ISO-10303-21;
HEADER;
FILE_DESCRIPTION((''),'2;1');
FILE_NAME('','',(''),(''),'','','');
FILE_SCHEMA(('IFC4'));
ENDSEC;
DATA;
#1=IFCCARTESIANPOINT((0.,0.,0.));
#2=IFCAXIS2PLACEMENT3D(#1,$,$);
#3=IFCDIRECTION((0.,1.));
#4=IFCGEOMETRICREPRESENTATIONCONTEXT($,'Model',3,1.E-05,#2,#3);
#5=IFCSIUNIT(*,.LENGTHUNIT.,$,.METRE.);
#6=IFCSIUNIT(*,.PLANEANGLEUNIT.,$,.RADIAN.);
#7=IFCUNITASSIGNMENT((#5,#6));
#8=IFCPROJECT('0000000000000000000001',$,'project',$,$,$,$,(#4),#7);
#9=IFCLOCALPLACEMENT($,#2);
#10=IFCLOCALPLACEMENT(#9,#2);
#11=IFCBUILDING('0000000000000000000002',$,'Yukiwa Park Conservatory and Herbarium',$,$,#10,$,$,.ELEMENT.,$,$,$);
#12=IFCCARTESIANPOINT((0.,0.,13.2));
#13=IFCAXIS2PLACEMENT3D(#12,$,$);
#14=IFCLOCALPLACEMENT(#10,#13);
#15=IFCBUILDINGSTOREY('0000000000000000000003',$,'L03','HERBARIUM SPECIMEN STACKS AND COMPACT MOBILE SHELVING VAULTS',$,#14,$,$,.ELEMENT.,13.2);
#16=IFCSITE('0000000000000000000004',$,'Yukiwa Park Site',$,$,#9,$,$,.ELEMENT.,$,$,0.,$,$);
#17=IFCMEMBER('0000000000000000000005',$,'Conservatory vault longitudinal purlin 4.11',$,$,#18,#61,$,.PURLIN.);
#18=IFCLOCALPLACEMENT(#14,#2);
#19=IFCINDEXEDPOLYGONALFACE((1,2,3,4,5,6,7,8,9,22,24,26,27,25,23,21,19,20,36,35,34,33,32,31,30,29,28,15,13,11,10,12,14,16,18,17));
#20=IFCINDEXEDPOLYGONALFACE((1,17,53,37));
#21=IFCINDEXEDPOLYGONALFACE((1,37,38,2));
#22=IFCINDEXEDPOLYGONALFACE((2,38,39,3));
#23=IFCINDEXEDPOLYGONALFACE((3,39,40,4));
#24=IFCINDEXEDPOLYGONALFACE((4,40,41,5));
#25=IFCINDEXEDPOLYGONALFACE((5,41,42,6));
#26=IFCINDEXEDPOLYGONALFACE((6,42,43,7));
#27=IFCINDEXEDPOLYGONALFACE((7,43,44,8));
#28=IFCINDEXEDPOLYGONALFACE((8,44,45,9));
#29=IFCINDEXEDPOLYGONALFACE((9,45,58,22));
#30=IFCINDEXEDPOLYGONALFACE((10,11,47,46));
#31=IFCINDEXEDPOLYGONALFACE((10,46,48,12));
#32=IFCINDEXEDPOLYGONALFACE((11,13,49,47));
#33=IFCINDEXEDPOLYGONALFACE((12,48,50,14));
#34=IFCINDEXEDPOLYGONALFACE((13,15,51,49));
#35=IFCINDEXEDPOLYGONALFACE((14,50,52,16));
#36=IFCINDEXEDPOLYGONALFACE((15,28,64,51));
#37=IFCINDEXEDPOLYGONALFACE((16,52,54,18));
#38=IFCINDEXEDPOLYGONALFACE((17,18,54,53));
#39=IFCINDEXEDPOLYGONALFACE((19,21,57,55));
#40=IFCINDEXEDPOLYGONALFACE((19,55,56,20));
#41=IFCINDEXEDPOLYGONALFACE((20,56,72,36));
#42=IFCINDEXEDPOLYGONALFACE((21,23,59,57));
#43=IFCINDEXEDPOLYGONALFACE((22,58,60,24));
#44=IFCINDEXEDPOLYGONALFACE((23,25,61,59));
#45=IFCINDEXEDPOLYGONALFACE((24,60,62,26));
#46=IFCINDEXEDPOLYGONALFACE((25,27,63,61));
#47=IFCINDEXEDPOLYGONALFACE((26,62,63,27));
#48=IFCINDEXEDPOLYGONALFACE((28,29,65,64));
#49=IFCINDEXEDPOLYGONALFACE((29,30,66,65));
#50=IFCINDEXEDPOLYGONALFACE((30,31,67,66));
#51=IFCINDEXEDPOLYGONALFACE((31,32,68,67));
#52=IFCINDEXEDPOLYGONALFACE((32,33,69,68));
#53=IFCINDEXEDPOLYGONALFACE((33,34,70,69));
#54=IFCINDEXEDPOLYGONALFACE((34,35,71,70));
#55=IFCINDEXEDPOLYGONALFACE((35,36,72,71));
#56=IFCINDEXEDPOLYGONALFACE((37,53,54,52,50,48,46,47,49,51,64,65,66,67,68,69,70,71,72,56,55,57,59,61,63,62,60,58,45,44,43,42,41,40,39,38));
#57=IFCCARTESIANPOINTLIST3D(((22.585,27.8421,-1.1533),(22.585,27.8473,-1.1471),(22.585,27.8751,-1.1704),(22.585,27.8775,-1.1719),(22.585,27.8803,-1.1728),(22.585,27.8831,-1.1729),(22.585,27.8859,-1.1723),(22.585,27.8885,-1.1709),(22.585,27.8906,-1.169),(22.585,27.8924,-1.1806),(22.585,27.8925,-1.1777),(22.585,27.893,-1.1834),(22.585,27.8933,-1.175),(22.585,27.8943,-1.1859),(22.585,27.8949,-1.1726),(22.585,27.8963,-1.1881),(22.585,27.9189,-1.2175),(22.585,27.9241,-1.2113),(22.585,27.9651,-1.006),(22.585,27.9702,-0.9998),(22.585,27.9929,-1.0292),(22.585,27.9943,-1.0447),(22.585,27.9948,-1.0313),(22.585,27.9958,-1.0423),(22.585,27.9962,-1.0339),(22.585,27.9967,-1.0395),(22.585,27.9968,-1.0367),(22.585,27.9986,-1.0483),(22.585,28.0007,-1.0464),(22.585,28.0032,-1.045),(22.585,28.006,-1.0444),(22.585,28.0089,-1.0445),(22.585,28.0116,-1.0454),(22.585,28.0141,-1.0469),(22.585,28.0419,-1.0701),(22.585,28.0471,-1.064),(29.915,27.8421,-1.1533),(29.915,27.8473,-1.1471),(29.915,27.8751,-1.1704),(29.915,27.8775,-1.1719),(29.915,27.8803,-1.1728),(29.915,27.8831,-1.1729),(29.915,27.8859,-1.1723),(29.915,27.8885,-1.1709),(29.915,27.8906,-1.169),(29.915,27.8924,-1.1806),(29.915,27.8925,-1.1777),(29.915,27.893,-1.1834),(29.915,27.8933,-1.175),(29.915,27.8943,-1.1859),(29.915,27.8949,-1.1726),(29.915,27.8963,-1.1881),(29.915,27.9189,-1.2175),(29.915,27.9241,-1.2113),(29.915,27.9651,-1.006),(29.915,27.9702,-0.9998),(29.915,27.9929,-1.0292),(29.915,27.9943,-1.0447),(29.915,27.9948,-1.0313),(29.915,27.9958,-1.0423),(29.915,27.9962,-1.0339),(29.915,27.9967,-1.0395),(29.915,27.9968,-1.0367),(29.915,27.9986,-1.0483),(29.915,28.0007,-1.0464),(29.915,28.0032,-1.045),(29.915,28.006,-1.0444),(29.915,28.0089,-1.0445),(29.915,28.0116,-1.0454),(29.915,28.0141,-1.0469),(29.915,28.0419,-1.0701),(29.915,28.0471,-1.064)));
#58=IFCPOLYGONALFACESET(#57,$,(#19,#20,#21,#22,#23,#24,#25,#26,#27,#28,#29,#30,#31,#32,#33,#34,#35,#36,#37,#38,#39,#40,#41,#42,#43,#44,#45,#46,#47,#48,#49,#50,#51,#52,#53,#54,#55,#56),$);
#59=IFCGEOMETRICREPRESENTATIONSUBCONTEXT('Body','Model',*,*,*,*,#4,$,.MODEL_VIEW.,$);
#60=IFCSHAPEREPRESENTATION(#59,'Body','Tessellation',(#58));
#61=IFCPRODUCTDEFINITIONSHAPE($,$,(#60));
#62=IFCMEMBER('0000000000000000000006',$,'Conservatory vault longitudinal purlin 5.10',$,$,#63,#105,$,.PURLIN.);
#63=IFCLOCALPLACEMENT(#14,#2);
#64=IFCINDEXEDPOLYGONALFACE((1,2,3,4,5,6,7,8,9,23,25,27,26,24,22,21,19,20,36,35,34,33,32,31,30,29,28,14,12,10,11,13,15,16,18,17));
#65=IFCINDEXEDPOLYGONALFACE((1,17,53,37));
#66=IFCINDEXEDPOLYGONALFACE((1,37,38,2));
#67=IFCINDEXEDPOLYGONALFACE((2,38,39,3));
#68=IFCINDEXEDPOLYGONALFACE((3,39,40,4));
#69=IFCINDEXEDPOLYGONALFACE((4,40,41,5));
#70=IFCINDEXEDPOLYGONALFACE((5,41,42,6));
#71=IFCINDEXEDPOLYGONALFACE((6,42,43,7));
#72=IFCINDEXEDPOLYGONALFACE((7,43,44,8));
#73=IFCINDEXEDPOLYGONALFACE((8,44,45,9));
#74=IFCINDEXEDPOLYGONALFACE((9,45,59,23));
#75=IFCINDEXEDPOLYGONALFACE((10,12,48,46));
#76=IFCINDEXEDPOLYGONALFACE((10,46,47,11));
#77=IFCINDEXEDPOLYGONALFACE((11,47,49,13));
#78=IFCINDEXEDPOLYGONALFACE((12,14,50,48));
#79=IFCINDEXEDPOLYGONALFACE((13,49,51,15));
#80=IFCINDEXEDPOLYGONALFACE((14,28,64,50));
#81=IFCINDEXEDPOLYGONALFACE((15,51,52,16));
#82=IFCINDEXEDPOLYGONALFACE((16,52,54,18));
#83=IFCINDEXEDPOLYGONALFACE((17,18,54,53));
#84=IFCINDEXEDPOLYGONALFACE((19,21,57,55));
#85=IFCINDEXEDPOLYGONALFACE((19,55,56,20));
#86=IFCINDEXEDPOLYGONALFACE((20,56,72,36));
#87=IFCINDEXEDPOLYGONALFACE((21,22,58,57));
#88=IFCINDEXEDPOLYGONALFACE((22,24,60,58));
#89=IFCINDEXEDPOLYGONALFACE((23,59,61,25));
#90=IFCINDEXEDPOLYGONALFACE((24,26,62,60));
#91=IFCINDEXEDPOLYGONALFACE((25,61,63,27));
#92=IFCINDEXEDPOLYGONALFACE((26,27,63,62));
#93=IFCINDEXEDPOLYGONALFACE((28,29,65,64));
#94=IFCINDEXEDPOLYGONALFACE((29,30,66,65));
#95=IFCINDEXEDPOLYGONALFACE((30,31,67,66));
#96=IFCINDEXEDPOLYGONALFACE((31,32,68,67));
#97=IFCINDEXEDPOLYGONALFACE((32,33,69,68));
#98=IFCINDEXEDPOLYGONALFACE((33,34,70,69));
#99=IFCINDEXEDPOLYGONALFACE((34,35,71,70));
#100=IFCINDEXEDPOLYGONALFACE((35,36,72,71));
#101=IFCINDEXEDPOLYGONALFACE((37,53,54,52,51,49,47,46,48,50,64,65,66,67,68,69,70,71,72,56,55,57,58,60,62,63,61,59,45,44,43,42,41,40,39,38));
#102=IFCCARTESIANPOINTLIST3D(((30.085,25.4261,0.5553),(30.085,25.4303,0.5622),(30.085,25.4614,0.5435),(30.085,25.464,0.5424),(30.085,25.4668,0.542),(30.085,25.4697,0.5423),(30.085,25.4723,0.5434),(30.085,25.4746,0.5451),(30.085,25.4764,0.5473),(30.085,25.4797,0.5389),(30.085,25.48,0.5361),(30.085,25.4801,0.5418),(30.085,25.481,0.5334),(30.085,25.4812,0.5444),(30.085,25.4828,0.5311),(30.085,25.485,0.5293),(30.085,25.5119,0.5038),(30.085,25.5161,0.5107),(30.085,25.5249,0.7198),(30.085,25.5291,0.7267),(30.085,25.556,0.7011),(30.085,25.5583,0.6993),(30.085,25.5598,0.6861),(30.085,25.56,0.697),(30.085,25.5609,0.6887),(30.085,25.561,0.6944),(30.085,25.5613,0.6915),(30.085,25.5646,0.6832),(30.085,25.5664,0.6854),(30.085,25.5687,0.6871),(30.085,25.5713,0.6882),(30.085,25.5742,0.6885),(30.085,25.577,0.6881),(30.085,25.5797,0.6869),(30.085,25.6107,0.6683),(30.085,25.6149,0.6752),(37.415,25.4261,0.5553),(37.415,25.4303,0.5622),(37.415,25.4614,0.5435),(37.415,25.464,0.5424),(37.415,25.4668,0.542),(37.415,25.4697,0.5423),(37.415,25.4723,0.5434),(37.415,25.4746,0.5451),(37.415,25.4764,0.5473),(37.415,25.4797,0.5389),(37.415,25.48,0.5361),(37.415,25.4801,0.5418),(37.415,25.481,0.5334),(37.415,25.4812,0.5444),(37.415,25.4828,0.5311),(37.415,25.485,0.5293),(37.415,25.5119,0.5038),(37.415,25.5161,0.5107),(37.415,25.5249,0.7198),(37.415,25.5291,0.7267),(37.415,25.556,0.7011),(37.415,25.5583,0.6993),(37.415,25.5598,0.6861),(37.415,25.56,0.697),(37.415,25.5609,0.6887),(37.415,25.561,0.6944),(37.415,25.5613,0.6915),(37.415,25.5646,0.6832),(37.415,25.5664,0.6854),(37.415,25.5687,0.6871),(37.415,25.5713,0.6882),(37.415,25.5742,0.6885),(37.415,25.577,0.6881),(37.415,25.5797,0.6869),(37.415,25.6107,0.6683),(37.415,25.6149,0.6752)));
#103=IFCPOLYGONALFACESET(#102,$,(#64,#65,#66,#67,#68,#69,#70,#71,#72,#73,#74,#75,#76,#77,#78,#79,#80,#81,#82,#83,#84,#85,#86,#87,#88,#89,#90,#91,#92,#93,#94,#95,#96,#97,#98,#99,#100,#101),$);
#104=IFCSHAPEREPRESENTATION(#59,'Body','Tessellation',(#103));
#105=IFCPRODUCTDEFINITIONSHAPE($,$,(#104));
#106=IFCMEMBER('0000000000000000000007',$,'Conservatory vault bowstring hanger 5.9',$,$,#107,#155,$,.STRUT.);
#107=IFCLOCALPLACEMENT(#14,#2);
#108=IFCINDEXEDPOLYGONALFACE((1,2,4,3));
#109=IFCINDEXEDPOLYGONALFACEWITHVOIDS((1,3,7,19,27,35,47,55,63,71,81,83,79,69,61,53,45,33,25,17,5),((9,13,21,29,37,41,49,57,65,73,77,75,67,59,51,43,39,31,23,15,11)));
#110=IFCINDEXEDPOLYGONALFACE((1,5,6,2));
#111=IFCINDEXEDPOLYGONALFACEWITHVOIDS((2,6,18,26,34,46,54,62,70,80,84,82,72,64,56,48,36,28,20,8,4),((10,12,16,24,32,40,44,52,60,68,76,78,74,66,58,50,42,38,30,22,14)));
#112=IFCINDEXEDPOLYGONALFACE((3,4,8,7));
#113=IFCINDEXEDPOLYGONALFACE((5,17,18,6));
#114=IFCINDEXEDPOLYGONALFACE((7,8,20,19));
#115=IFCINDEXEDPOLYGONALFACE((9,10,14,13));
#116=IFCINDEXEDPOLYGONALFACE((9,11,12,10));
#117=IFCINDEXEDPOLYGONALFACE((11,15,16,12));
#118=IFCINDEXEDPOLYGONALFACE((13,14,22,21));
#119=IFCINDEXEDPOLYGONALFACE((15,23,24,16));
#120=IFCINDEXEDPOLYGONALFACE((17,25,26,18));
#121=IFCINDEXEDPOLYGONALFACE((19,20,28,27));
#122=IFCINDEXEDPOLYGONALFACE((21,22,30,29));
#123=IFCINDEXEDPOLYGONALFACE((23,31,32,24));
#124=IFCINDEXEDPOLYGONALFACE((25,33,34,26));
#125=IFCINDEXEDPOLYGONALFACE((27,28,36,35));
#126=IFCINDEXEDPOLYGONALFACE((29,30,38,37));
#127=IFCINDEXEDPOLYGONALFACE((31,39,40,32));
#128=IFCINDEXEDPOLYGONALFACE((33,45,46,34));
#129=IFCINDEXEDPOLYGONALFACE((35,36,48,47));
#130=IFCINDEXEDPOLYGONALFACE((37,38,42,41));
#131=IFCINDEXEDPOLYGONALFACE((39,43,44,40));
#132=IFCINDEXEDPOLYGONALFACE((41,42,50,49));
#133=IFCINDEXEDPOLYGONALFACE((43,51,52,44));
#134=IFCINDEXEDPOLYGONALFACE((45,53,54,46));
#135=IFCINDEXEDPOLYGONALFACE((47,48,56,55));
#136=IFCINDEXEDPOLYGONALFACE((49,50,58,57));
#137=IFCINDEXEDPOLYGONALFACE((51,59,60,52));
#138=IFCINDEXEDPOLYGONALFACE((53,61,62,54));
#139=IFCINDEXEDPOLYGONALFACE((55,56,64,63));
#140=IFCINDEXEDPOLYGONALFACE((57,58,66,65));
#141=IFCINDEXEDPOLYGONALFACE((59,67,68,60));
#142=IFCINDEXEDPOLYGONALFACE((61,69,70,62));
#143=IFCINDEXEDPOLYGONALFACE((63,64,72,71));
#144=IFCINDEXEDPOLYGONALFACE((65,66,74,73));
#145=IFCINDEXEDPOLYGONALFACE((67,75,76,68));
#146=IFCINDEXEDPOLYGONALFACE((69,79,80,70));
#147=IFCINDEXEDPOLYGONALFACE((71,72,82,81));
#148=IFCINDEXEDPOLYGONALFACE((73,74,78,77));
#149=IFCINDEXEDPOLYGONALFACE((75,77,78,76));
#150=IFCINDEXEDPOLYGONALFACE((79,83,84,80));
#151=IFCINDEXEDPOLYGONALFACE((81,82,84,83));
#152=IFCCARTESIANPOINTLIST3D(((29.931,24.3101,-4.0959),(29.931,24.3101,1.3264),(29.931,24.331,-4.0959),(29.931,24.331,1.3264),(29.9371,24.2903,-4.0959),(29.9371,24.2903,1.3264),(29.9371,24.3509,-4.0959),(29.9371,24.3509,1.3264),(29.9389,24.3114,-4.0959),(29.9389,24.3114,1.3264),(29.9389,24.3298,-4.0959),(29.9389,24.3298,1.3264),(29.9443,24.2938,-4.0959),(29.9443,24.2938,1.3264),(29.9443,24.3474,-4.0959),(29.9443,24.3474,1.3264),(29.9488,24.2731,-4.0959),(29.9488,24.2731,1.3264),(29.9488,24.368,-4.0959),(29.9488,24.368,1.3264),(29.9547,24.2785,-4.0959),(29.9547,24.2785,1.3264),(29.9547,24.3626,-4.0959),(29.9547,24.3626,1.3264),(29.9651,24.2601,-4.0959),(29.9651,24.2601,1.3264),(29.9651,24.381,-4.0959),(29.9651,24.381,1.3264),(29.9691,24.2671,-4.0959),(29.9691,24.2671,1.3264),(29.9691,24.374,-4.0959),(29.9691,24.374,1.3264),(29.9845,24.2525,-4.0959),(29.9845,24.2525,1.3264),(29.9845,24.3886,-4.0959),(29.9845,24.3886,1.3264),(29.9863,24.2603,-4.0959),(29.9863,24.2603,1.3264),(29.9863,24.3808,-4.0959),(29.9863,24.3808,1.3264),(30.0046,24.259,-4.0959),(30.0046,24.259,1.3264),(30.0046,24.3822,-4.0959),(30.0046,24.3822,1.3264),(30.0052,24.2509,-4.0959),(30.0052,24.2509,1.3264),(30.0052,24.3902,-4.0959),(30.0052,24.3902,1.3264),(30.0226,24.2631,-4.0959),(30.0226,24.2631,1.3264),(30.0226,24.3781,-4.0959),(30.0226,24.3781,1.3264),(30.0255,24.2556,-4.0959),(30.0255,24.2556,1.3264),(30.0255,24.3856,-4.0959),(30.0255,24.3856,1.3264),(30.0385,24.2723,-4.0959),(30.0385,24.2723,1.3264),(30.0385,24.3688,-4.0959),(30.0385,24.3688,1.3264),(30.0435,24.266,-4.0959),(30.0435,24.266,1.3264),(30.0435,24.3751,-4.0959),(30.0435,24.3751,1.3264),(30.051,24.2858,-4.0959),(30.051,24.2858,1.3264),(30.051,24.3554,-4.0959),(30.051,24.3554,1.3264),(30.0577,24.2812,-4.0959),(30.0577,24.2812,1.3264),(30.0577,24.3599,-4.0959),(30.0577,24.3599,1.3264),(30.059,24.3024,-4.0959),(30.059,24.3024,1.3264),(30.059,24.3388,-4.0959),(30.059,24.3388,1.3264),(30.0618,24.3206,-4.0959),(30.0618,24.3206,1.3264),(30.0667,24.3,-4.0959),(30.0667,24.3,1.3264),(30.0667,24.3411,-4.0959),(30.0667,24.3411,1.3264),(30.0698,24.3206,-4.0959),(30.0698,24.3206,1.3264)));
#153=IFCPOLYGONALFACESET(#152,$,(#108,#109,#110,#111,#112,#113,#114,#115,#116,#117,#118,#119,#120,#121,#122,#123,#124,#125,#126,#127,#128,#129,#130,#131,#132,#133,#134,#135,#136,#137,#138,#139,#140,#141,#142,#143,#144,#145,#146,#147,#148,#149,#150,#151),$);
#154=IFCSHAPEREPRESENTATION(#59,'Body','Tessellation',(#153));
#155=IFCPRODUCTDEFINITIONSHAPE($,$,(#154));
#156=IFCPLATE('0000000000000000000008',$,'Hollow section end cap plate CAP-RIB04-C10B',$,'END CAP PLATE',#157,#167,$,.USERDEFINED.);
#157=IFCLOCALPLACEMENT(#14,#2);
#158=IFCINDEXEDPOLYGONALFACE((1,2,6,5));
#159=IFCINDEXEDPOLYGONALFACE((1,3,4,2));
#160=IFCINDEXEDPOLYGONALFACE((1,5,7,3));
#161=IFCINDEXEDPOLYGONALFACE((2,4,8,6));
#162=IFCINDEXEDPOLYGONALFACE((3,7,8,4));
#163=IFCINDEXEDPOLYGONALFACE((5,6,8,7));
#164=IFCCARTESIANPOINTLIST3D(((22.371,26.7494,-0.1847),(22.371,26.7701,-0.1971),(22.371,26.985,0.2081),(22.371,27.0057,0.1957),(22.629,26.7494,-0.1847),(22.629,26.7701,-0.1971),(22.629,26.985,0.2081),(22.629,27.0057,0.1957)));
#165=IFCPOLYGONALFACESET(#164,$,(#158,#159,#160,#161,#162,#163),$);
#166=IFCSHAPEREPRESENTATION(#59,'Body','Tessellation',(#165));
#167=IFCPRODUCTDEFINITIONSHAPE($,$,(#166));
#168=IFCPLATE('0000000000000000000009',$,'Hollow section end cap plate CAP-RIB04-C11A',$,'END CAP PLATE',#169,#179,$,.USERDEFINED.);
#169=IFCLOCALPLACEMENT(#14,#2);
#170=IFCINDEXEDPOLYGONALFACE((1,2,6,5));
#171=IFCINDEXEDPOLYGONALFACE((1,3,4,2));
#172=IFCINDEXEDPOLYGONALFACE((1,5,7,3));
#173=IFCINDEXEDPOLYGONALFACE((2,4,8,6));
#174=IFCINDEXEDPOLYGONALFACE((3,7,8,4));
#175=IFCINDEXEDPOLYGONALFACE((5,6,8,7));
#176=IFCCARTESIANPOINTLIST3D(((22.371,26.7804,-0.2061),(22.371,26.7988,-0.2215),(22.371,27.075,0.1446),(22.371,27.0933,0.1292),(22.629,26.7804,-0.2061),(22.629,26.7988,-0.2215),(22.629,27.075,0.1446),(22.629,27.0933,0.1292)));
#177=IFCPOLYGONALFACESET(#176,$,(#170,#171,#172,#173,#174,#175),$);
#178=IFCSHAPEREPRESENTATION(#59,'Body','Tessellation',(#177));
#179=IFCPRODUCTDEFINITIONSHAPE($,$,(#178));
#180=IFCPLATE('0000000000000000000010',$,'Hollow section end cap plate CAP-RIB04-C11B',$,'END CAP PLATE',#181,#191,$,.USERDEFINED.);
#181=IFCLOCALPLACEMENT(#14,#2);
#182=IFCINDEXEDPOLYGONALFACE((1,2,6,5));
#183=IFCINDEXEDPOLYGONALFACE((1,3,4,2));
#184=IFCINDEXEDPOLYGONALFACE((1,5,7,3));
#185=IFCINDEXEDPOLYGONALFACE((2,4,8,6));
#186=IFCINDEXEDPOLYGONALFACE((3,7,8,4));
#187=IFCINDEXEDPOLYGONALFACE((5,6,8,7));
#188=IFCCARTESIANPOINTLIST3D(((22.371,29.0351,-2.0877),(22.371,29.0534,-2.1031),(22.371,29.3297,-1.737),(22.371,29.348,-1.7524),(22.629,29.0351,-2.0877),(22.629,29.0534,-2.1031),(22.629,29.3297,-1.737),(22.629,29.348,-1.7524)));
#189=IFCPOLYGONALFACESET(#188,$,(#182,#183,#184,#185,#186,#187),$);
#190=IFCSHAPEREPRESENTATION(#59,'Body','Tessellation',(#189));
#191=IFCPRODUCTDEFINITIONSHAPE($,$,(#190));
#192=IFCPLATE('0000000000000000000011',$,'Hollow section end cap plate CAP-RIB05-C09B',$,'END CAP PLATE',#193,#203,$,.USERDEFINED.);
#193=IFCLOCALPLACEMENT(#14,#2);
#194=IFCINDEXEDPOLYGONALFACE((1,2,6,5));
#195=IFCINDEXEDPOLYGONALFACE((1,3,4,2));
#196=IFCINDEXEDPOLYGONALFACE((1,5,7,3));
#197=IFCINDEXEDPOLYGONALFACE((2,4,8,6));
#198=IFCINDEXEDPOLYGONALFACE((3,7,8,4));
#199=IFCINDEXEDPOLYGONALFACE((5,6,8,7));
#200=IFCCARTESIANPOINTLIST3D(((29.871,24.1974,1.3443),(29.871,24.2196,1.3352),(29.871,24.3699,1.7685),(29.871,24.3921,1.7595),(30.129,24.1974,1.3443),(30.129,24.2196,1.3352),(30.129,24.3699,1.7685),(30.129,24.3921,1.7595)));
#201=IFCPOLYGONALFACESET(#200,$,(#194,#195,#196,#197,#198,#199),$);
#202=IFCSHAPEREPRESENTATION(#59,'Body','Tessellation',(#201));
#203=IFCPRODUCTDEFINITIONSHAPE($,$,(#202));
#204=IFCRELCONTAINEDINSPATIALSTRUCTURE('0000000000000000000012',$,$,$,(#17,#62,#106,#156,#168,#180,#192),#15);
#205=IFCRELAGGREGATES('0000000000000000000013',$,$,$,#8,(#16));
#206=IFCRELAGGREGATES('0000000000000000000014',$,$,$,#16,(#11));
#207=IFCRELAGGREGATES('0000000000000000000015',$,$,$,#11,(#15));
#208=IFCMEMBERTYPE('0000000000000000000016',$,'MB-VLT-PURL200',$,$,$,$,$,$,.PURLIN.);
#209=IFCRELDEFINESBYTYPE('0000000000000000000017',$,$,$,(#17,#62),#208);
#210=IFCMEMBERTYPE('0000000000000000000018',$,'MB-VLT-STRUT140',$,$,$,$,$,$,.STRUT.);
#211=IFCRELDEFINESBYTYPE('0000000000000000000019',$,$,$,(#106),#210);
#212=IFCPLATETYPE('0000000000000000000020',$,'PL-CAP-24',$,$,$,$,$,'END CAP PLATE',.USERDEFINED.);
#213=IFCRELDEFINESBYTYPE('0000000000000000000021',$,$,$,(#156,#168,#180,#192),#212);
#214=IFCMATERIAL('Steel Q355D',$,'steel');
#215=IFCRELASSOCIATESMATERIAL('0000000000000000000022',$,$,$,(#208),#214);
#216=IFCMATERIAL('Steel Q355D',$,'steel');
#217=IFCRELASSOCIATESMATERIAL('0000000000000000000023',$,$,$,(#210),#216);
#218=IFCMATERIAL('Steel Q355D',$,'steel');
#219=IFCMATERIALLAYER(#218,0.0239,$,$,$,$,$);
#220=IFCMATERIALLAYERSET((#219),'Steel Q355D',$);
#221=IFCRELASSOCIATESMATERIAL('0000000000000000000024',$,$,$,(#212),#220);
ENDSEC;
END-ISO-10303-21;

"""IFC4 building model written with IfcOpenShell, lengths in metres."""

from ifc_helpers import new_model, si_unit, direction, frame, origin, origin_2d, place, context, subcontext, project, spatial, rectangle, hollow_circle, i_section, extrude, material, layer, layer_set, material_profile, profile_set, type_object, element, save


model = new_model("IFC4")

# Units and contexts
model_context = context("Model", 3, precision=1e-05, world=origin(), true_north=direction((0.0, 1.0)))
body_context = subcontext(model_context, "Body", "Model", "MODEL_VIEW")
ifc_project = project(units=[si_unit("LENGTHUNIT", "METRE"), si_unit("PLANEANGLEUNIT", "RADIAN")], contexts=[model_context])

# Site, building, storey
site_placement = place(None, origin())
site = spatial("IfcSite", under=ifc_project, at=site_placement, Name="Yukiwa Park Site", CompositionType="ELEMENT", RefElevation=0.0)
building_placement = place(site_placement, origin())
building = spatial("IfcBuilding", under=site, at=building_placement, Name="Yukiwa Park Conservatory and Herbarium", CompositionType="ELEMENT")
storey_placement = place(building_placement, frame((0.0, 0.0, 13.2)))
storey = spatial("IfcBuildingStorey", under=building, at=storey_placement, Name="L03", Description="HERBARIUM SPECIMEN STACKS AND COMPACT MOBILE SHELVING VAULTS", CompositionType="ELEMENT", Elevation=13.2)

# Members
ifc_material_1 = material(Name="Steel Q355D", Category="steel")
ifc_material_profile_1 = material_profile(ifc_material_1, i_section(OverallWidth=0.1001, OverallDepth=0.2, WebThickness=0.0056, FlangeThickness=0.0081, FilletRadius=0.011, at=origin_2d()), Name="HN 200x100x5.5x8")
ifc_profile_set_1 = profile_set([ifc_material_profile_1], Name="Steel Q355D")
member_type_1 = type_object("IfcMemberType", Name="MB-VLT-PURL200", PredefinedType="PURLIN", material=ifc_profile_set_1)
for number, where, z_axis, x_axis, name in (
    (1, (22.585, 27.9446, -1.1086), (1.0, 0.0, 0.0), (0.0, 0.767751, -0.640748), "Conservatory vault longitudinal purlin 4.11"),
    (2, (30.085, 25.5205, 0.6152), (1.0, 0.0, 0.0), (0.0, 0.857234, -0.514927), "Conservatory vault longitudinal purlin 5.10"),
):
    element("IfcMember", number, at=place(storey_placement, frame(where, z_axis=z_axis, x_axis=x_axis)), inside=storey, type_object=member_type_1, Name=name, PredefinedType="PURLIN", context=body_context, shape_type="SweptSolid", body=[
        extrude(i_section(OverallWidth=0.1001, OverallDepth=0.2, WebThickness=0.0056, FlangeThickness=0.0081, FilletRadius=0.011, at=origin_2d()), origin(), (0.0, 0.0, 1.0), 7.3301),
    ])
ifc_material_2 = material(Name="Steel Q355D", Category="steel")
ifc_material_profile_2 = material_profile(ifc_material_2, hollow_circle(Radius=0.0698, WallThickness=0.0081, at=origin_2d()), Name="CHS 139.7x8")
ifc_profile_set_2 = profile_set([ifc_material_profile_2], Name="Steel Q355D")
member_type_2 = type_object("IfcMemberType", Name="MB-VLT-STRUT140", PredefinedType="STRUT", material=ifc_profile_set_2)
member_placement = place(storey_placement, frame((30.0, 24.3206, -4.0959), z_axis=(0.0, 0.0, 1.0), x_axis=(1.0, 0.0, 0.0)))
element("IfcMember", 3, at=member_placement, inside=storey, type_object=member_type_2, Name="Conservatory vault bowstring hanger 5.9", PredefinedType="STRUT", context=body_context, shape_type="SweptSolid", body=[
    extrude(hollow_circle(Radius=0.0698, WallThickness=0.0081, at=origin_2d()), origin(), (0.0, 0.0, 1.0), 5.4224),
])

# Plates
ifc_material_3 = material(Name="Steel Q355D", Category="steel")
ifc_layer_1 = layer(ifc_material_3, 0.0239)
ifc_layer_set_1 = layer_set([ifc_layer_1], Name="Steel Q355D")
plate_type_1 = type_object("IfcPlateType", Name="PL-CAP-24", ElementType="END CAP PLATE", PredefinedType="USERDEFINED", material=ifc_layer_set_1)
plate_1_placement = place(storey_placement, frame((22.5, 26.8672, 0.0117), z_axis=(0.0, 0.857493, -0.514496), x_axis=(-1.0, 0.0, 0.0)))
element("IfcPlate", 4, at=plate_1_placement, inside=storey, type_object=plate_type_1, Name="Hollow section end cap plate CAP-RIB04-C10B", ObjectType="END CAP PLATE", PredefinedType="USERDEFINED", context=body_context, shape_type="SweptSolid", body=[
    extrude(rectangle(XDim=0.2581, YDim=0.458, at=origin_2d()), origin(), (0.0, 0.0, 1.0), 0.0242),
])
for number, where, z_axis, x_axis, name in (
    (5, (22.5, 26.946, -0.0461), (0.0, -0.765705, 0.643192), (1.0, 0.0, 0.0), "Hollow section end cap plate CAP-RIB04-C11A"),
    (6, (22.5, 29.1824, -1.9124), (0.0, 0.765705, -0.643192), (-1.0, 0.0, 0.0), "Hollow section end cap plate CAP-RIB04-C11B"),
    (7, (30.0, 24.2837, 1.5564), (0.0, 0.926356, -0.37665), (-1.0, 0.0, 0.0), "Hollow section end cap plate CAP-RIB05-C09B"),
):
    element("IfcPlate", number, at=place(storey_placement, frame(where, z_axis=z_axis, x_axis=x_axis)), inside=storey, type_object=plate_type_1, Name=name, ObjectType="END CAP PLATE", PredefinedType="USERDEFINED", context=body_context, shape_type="SweptSolid", body=[
        extrude(rectangle(XDim=0.2581, YDim=0.458, at=origin_2d()), origin(), (0.0, 0.0, 1.0), 0.0239),
    ])

save(model, "model.ifc")
